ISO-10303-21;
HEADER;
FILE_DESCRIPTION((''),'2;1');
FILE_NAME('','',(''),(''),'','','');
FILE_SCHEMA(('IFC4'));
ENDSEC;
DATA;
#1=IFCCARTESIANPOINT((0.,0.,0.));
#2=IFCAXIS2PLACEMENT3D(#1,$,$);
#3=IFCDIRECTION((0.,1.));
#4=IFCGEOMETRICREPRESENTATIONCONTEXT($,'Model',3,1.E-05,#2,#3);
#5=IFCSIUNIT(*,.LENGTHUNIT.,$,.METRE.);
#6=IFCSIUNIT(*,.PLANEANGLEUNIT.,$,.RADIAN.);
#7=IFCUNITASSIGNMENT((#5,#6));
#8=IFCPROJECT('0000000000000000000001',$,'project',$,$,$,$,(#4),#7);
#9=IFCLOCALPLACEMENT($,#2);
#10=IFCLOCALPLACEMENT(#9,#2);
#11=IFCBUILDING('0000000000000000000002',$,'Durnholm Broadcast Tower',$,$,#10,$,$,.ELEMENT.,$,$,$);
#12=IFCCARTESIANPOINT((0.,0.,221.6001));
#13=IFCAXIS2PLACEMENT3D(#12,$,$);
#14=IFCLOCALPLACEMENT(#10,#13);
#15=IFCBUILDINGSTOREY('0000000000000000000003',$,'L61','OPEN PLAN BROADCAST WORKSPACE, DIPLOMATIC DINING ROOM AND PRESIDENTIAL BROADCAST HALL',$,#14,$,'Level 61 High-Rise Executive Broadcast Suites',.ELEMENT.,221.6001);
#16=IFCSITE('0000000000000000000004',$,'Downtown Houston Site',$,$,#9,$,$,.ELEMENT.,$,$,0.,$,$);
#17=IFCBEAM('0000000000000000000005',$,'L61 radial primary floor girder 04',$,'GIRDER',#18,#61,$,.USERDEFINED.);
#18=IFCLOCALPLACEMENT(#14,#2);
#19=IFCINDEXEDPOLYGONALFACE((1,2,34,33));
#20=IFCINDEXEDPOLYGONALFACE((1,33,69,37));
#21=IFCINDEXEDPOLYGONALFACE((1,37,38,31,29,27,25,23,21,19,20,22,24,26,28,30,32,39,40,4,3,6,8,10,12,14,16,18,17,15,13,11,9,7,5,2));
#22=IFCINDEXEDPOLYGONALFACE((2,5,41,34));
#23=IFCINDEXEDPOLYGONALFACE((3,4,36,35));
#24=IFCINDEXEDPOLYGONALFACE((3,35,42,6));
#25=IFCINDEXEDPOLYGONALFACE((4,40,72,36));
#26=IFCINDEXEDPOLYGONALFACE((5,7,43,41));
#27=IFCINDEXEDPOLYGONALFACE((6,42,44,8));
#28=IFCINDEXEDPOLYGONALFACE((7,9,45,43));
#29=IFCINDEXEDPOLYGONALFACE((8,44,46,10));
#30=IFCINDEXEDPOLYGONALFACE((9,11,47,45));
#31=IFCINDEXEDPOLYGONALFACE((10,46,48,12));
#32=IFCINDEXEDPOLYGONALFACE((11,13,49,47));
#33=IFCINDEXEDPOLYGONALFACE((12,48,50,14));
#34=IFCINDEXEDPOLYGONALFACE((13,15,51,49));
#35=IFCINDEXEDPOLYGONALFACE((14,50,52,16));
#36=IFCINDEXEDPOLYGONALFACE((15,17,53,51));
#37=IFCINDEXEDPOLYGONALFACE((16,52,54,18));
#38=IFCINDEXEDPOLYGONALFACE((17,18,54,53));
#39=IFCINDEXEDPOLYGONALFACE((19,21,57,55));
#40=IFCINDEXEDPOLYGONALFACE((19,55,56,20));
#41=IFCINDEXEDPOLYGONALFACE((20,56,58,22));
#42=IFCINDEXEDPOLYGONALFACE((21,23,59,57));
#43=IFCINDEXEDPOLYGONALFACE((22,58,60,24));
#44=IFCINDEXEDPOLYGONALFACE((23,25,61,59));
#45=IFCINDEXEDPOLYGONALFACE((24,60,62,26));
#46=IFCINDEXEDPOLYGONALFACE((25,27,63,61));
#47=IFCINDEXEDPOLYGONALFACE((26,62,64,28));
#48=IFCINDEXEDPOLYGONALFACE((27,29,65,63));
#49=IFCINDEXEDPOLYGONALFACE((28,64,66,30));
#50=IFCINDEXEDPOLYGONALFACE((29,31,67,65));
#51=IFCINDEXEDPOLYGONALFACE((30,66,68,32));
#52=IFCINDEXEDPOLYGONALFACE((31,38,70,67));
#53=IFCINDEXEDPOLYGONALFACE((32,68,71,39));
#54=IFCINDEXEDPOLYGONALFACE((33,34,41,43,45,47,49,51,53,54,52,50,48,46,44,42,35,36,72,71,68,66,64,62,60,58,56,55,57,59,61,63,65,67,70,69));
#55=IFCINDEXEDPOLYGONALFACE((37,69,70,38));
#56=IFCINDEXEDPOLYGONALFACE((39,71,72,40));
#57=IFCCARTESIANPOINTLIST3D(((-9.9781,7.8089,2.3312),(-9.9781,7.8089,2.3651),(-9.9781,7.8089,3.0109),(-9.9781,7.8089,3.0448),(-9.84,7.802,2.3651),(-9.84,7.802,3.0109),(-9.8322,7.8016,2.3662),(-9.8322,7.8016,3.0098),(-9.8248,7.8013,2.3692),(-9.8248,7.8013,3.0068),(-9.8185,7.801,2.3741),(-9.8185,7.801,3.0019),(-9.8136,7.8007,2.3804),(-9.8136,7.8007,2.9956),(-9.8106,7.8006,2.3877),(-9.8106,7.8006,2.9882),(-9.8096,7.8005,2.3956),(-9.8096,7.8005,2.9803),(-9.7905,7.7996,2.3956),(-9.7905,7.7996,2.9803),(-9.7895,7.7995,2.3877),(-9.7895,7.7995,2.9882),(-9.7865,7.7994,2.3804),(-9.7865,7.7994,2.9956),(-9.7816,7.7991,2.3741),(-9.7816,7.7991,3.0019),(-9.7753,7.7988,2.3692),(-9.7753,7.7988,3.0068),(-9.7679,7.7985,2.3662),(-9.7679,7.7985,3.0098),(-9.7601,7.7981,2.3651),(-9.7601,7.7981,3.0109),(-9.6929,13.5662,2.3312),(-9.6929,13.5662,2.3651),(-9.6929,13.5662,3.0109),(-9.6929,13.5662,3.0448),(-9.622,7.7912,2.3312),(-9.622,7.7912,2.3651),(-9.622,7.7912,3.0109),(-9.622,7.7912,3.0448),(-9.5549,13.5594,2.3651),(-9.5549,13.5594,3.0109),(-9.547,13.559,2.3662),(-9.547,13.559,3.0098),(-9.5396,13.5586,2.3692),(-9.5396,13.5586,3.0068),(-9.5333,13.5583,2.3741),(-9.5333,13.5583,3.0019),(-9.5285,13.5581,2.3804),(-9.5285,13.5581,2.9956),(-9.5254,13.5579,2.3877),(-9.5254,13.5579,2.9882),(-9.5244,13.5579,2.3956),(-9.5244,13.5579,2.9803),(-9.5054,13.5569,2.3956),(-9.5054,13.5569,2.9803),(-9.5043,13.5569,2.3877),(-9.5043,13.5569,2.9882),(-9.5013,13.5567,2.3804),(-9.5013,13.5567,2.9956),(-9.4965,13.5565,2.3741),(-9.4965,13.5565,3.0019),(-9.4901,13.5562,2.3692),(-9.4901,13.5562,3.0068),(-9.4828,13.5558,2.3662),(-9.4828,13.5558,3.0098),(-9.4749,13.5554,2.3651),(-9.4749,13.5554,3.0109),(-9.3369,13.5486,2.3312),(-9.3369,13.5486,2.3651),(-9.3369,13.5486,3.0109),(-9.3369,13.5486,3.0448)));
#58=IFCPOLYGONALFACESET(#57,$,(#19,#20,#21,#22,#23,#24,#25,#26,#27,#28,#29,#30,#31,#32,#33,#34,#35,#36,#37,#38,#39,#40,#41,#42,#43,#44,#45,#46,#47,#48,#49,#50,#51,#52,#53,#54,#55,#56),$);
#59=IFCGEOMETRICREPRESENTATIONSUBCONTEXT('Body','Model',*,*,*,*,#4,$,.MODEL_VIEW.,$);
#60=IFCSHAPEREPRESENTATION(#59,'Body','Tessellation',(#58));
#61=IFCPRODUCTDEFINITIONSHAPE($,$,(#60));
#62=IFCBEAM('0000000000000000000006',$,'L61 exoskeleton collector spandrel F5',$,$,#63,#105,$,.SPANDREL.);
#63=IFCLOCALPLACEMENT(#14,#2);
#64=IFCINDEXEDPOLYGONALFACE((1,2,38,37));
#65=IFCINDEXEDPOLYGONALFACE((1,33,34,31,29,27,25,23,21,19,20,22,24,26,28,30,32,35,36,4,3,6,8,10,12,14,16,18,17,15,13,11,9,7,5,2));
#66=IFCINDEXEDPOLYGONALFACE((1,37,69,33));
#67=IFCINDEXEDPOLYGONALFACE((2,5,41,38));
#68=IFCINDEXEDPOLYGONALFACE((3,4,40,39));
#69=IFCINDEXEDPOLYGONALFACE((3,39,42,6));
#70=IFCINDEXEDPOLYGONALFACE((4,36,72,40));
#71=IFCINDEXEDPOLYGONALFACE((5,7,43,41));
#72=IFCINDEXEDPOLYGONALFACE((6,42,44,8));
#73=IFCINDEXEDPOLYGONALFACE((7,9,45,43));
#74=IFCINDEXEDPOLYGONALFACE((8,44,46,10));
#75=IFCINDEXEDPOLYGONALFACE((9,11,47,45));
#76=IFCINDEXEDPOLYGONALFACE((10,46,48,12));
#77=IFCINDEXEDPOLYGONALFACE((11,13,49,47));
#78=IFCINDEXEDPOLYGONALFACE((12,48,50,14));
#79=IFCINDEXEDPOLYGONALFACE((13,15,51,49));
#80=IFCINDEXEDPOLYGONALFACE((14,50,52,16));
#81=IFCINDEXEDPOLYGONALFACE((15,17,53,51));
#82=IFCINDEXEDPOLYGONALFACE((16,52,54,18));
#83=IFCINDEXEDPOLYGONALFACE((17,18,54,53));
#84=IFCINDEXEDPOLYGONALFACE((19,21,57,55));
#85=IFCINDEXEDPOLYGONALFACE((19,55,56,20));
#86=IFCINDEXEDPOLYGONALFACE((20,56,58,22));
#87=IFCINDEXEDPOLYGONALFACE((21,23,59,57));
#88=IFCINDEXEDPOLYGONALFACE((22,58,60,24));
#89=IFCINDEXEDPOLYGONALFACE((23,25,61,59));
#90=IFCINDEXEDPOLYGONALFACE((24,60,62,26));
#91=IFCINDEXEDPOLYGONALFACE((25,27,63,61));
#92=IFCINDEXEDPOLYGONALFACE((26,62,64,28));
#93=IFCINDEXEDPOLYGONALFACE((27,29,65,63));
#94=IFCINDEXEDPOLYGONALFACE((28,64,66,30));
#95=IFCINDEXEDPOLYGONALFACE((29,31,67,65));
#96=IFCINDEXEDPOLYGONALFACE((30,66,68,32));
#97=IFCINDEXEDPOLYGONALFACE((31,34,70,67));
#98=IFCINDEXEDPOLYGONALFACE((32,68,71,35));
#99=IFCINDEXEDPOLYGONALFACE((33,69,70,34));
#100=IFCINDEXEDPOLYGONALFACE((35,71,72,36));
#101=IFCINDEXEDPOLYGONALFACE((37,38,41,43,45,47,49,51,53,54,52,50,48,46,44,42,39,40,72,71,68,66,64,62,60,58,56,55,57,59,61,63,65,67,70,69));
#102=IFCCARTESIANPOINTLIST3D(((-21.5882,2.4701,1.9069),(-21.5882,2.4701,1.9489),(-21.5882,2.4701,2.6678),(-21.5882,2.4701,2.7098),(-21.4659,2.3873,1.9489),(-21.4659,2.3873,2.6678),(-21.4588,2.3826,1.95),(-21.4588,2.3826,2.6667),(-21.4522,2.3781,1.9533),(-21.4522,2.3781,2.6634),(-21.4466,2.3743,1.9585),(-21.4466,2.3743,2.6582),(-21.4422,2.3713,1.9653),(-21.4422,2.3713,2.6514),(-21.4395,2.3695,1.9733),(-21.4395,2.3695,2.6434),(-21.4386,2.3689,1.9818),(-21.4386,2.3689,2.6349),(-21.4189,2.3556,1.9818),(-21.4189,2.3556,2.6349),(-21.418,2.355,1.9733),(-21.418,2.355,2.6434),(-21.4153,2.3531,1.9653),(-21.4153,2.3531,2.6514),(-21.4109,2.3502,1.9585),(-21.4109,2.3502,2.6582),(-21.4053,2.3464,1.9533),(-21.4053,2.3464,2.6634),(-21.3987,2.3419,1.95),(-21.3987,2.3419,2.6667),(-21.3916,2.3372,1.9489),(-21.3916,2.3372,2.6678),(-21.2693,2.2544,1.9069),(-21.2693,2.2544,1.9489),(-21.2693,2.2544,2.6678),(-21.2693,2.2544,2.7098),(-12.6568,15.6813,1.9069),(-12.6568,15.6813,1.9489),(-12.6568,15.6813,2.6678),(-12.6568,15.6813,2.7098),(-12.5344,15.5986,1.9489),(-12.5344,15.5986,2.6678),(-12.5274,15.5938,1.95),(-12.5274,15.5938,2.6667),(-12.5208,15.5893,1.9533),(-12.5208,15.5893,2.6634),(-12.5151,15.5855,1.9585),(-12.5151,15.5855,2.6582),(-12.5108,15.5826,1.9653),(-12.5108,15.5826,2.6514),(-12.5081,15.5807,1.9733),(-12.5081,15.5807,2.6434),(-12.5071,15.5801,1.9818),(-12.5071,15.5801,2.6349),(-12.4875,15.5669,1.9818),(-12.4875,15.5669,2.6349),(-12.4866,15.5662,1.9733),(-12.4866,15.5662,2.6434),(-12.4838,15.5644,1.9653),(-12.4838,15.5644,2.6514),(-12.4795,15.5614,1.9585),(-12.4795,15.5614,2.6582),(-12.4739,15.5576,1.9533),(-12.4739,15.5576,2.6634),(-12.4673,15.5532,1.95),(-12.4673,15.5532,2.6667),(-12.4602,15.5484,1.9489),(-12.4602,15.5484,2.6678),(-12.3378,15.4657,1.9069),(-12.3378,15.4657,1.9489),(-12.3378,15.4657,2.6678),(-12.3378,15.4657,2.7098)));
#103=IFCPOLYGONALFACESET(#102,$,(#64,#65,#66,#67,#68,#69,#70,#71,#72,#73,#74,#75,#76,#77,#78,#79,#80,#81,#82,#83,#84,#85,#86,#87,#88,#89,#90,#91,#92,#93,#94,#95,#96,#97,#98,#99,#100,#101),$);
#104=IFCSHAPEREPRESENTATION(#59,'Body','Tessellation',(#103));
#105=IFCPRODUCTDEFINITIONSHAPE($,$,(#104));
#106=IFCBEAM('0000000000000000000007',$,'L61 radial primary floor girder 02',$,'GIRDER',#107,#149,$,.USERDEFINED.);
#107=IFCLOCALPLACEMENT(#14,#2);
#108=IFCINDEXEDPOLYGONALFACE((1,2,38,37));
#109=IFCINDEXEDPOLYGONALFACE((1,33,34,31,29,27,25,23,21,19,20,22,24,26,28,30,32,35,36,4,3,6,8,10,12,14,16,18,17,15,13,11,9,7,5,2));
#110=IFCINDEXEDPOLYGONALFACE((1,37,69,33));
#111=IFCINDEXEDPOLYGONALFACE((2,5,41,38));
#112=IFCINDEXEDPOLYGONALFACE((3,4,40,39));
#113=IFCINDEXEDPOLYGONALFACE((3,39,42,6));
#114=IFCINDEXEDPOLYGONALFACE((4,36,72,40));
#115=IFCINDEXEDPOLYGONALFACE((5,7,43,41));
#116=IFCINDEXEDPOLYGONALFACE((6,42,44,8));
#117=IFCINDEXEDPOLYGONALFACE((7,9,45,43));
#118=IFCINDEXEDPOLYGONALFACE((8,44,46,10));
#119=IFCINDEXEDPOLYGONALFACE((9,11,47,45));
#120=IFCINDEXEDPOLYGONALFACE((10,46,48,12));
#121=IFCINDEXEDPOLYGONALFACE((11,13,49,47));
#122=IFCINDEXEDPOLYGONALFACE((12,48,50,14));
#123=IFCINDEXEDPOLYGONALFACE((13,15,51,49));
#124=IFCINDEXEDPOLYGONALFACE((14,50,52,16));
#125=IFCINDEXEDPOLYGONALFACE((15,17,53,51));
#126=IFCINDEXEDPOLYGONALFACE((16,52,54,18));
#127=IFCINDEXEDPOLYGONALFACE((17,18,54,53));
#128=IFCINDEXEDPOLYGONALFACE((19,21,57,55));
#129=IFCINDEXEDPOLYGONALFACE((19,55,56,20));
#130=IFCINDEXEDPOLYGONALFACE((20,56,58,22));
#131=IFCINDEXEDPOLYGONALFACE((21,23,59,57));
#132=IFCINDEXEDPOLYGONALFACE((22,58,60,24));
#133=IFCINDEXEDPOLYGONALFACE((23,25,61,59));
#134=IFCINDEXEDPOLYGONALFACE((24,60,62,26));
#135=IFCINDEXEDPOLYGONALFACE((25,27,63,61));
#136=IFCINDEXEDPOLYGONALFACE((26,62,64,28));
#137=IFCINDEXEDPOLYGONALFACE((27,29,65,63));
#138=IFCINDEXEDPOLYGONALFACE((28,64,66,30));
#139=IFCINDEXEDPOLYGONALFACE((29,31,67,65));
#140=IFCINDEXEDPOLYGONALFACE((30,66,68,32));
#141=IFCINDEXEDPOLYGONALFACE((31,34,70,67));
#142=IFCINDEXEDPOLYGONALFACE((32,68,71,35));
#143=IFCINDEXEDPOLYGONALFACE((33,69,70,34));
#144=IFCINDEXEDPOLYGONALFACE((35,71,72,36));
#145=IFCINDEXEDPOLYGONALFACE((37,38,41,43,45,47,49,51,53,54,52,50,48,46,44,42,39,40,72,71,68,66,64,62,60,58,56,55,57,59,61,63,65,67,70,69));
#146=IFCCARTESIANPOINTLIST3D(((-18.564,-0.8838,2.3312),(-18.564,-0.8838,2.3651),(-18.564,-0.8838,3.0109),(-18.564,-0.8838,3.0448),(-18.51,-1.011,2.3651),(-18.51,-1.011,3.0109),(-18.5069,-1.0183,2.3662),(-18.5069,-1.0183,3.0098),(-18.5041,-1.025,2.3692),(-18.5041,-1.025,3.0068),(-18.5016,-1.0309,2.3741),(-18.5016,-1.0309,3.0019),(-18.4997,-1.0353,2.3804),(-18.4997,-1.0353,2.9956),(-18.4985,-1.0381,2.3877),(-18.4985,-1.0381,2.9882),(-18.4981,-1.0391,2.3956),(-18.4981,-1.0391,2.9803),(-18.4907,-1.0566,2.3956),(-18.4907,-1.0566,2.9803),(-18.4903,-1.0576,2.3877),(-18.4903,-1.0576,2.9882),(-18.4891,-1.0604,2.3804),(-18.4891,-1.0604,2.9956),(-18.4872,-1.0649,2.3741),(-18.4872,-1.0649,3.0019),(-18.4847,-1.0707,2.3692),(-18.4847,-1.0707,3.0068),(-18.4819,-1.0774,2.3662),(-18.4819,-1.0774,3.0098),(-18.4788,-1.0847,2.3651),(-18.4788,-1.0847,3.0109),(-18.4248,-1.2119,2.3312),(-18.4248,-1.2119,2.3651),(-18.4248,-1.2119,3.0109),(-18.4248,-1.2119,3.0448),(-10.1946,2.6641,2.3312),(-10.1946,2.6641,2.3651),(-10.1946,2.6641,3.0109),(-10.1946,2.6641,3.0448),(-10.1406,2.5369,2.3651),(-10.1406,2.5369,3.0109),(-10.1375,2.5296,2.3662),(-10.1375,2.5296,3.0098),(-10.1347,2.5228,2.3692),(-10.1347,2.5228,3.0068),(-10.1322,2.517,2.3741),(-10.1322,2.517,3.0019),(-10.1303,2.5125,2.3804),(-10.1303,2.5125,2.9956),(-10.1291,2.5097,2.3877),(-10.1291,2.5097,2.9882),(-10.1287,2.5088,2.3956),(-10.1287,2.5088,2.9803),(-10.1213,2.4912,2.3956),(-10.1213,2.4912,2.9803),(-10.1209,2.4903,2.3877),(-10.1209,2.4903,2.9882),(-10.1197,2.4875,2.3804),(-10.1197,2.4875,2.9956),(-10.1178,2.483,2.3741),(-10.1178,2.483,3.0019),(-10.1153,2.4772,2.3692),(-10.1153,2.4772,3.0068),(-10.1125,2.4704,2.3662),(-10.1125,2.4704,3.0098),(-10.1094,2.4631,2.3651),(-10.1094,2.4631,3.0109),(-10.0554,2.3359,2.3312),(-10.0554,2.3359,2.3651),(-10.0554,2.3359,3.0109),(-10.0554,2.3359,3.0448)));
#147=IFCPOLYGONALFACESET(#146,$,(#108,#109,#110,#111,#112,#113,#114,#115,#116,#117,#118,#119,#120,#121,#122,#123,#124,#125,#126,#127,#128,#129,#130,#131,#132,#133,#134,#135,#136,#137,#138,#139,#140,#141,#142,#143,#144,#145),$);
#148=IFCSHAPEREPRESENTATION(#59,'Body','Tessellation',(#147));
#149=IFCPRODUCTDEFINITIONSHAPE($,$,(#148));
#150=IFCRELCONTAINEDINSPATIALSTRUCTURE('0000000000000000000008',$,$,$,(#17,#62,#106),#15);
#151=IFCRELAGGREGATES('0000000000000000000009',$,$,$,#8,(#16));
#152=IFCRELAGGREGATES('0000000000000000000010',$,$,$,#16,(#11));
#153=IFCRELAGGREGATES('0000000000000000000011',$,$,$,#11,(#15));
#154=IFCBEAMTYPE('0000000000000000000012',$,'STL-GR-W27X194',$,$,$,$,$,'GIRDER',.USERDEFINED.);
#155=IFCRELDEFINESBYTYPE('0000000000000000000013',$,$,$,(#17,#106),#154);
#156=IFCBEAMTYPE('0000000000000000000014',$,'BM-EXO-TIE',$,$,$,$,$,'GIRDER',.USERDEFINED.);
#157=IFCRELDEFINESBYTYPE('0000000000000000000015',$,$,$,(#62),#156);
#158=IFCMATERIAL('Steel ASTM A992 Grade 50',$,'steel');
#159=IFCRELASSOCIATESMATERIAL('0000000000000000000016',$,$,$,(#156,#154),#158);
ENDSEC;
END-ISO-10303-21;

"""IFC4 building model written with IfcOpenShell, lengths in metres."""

from ifc_helpers import new_model, si_unit, direction, frame, origin, origin_2d, place, context, subcontext, project, spatial, i_section, extrude, source, transform, mapped, material, material_profile, profile_set, type_object, element, save


model = new_model("IFC4")

# Units and contexts
model_context = context("Model", 3, precision=1e-05, world=origin(), true_north=direction((0.0, 1.0)))
body_context = subcontext(model_context, "Body", "Model", "MODEL_VIEW")
ifc_project = project(units=[si_unit("LENGTHUNIT", "METRE"), si_unit("PLANEANGLEUNIT", "RADIAN")], contexts=[model_context])

# Site, building, storey
site_placement = place(None, origin())
site = spatial("IfcSite", under=ifc_project, at=site_placement, Name="Downtown Houston Site", CompositionType="ELEMENT", RefElevation=0.0)
building_placement = place(site_placement, origin())
building = spatial("IfcBuilding", under=site, at=building_placement, Name="Durnholm Broadcast Tower", CompositionType="ELEMENT")
storey_placement = place(building_placement, frame((0.0, 0.0, 221.6001)))
storey = spatial("IfcBuildingStorey", under=building, at=storey_placement, Name="L61", Description="OPEN PLAN BROADCAST WORKSPACE, DIPLOMATIC DINING ROOM AND PRESIDENTIAL BROADCAST HALL", LongName="Level 61 High-Rise Executive Broadcast Suites", CompositionType="ELEMENT", Elevation=221.6001)

# Beams
ifc_material_1 = material(Name="Steel ASTM A992 Grade 50", Category="steel")
ifc_material_profile_1 = material_profile(ifc_material_1, i_section(OverallWidth=0.385, OverallDepth=0.803, WebThickness=0.0237, FlangeThickness=0.042, FilletRadius=0.033, at=origin_2d()), Name="W30X261")
ifc_profile_set_1 = profile_set([ifc_material_profile_1], Name="Steel ASTM A992 Grade 50")
beam_type_1 = type_object("IfcBeamType", Name="BM-EXO-TIE", ElementType="GIRDER", PredefinedType="USERDEFINED", material=ifc_profile_set_1)
ifc_material_profile_2 = material_profile(ifc_material_1, i_section(OverallWidth=0.3564, OverallDepth=0.7136, WebThickness=0.019, FlangeThickness=0.0339, FilletRadius=0.0305, at=origin_2d()), Name="W27X194")
ifc_profile_set_2 = profile_set([ifc_material_profile_2], Name="Steel ASTM A992 Grade 50")
beam_type_2 = type_object("IfcBeamType", Name="STL-GR-W27X194", ElementType="GIRDER", PredefinedType="USERDEFINED", material=ifc_profile_set_2)
shared_shape_1 = source(origin(), body_context, "Body", "SweptSolid", [
    extrude(i_section(OverallWidth=0.3564, OverallDepth=0.7136, WebThickness=0.019, FlangeThickness=0.0339, FilletRadius=0.0305, at=origin_2d()), origin(), (0.0, 0.0, 1.0), 5.7644),
])
beam_1_placement = place(storey_placement, frame((-9.8, 7.8, 2.688), z_axis=(0.049469, 0.998776, 0.0), x_axis=(-0.998776, 0.049469, 0.0)))
element("IfcBeam", 1, at=beam_1_placement, inside=storey, type_object=beam_type_2, Name="L61 radial primary floor girder 04", ObjectType="GIRDER", PredefinedType="USERDEFINED", context=body_context, shape_type="MappedRepresentation", body=[
    mapped(shared_shape_1, transform((0.0, 0.0, 0.0), x_axis=(1.0, 0.0, 0.0), y_axis=(0.0, 1.0, 0.0), z_axis=(0.0, 0.0, 1.0), scale=1.0)),
])
shared_shape_2 = source(origin(), body_context, "Body", "SweptSolid", [
    extrude(i_section(OverallWidth=0.385, OverallDepth=0.803, WebThickness=0.0237, FlangeThickness=0.042, FilletRadius=0.033, at=origin_2d()), origin(), (0.0, 0.0, 1.0), 15.947),
])
beam_2_placement = place(storey_placement, frame((-12.4973, 15.5735, 2.3083), z_axis=(-0.560069, -0.828446, 0.0), x_axis=(0.828446, -0.560069, 0.0)))
element("IfcBeam", 2, at=beam_2_placement, inside=storey, type_object=beam_type_1, Name="L61 exoskeleton collector spandrel F5", PredefinedType="SPANDREL", context=body_context, shape_type="MappedRepresentation", body=[
    mapped(shared_shape_2, transform((0.0, 0.0, 0.0), x_axis=(1.0, 0.0, 0.0), y_axis=(0.0, 1.0, 0.0), z_axis=(0.0, 0.0, 1.0), scale=1.0)),
])
shared_shape_3 = source(origin(), body_context, "Body", "SweptSolid", [
    extrude(i_section(OverallWidth=0.3564, OverallDepth=0.7136, WebThickness=0.019, FlangeThickness=0.0339, FilletRadius=0.0305, at=origin_2d()), origin(), (0.0, 0.0, 1.0), 9.0903),
])
beam_3_placement = place(storey_placement, frame((-10.125, 2.5, 2.688), z_axis=(-0.920692, -0.390289, 0.0), x_axis=(0.390289, -0.920692, 0.0)))
element("IfcBeam", 3, at=beam_3_placement, inside=storey, type_object=beam_type_2, Name="L61 radial primary floor girder 02", ObjectType="GIRDER", PredefinedType="USERDEFINED", context=body_context, shape_type="MappedRepresentation", body=[
    mapped(shared_shape_3, transform((0.0, 0.0, 0.0), x_axis=(1.0, 0.0, 0.0), y_axis=(0.0, 1.0, 0.0), z_axis=(0.0, 0.0, 1.0), scale=1.0)),
])

save(model, "model.ifc")
